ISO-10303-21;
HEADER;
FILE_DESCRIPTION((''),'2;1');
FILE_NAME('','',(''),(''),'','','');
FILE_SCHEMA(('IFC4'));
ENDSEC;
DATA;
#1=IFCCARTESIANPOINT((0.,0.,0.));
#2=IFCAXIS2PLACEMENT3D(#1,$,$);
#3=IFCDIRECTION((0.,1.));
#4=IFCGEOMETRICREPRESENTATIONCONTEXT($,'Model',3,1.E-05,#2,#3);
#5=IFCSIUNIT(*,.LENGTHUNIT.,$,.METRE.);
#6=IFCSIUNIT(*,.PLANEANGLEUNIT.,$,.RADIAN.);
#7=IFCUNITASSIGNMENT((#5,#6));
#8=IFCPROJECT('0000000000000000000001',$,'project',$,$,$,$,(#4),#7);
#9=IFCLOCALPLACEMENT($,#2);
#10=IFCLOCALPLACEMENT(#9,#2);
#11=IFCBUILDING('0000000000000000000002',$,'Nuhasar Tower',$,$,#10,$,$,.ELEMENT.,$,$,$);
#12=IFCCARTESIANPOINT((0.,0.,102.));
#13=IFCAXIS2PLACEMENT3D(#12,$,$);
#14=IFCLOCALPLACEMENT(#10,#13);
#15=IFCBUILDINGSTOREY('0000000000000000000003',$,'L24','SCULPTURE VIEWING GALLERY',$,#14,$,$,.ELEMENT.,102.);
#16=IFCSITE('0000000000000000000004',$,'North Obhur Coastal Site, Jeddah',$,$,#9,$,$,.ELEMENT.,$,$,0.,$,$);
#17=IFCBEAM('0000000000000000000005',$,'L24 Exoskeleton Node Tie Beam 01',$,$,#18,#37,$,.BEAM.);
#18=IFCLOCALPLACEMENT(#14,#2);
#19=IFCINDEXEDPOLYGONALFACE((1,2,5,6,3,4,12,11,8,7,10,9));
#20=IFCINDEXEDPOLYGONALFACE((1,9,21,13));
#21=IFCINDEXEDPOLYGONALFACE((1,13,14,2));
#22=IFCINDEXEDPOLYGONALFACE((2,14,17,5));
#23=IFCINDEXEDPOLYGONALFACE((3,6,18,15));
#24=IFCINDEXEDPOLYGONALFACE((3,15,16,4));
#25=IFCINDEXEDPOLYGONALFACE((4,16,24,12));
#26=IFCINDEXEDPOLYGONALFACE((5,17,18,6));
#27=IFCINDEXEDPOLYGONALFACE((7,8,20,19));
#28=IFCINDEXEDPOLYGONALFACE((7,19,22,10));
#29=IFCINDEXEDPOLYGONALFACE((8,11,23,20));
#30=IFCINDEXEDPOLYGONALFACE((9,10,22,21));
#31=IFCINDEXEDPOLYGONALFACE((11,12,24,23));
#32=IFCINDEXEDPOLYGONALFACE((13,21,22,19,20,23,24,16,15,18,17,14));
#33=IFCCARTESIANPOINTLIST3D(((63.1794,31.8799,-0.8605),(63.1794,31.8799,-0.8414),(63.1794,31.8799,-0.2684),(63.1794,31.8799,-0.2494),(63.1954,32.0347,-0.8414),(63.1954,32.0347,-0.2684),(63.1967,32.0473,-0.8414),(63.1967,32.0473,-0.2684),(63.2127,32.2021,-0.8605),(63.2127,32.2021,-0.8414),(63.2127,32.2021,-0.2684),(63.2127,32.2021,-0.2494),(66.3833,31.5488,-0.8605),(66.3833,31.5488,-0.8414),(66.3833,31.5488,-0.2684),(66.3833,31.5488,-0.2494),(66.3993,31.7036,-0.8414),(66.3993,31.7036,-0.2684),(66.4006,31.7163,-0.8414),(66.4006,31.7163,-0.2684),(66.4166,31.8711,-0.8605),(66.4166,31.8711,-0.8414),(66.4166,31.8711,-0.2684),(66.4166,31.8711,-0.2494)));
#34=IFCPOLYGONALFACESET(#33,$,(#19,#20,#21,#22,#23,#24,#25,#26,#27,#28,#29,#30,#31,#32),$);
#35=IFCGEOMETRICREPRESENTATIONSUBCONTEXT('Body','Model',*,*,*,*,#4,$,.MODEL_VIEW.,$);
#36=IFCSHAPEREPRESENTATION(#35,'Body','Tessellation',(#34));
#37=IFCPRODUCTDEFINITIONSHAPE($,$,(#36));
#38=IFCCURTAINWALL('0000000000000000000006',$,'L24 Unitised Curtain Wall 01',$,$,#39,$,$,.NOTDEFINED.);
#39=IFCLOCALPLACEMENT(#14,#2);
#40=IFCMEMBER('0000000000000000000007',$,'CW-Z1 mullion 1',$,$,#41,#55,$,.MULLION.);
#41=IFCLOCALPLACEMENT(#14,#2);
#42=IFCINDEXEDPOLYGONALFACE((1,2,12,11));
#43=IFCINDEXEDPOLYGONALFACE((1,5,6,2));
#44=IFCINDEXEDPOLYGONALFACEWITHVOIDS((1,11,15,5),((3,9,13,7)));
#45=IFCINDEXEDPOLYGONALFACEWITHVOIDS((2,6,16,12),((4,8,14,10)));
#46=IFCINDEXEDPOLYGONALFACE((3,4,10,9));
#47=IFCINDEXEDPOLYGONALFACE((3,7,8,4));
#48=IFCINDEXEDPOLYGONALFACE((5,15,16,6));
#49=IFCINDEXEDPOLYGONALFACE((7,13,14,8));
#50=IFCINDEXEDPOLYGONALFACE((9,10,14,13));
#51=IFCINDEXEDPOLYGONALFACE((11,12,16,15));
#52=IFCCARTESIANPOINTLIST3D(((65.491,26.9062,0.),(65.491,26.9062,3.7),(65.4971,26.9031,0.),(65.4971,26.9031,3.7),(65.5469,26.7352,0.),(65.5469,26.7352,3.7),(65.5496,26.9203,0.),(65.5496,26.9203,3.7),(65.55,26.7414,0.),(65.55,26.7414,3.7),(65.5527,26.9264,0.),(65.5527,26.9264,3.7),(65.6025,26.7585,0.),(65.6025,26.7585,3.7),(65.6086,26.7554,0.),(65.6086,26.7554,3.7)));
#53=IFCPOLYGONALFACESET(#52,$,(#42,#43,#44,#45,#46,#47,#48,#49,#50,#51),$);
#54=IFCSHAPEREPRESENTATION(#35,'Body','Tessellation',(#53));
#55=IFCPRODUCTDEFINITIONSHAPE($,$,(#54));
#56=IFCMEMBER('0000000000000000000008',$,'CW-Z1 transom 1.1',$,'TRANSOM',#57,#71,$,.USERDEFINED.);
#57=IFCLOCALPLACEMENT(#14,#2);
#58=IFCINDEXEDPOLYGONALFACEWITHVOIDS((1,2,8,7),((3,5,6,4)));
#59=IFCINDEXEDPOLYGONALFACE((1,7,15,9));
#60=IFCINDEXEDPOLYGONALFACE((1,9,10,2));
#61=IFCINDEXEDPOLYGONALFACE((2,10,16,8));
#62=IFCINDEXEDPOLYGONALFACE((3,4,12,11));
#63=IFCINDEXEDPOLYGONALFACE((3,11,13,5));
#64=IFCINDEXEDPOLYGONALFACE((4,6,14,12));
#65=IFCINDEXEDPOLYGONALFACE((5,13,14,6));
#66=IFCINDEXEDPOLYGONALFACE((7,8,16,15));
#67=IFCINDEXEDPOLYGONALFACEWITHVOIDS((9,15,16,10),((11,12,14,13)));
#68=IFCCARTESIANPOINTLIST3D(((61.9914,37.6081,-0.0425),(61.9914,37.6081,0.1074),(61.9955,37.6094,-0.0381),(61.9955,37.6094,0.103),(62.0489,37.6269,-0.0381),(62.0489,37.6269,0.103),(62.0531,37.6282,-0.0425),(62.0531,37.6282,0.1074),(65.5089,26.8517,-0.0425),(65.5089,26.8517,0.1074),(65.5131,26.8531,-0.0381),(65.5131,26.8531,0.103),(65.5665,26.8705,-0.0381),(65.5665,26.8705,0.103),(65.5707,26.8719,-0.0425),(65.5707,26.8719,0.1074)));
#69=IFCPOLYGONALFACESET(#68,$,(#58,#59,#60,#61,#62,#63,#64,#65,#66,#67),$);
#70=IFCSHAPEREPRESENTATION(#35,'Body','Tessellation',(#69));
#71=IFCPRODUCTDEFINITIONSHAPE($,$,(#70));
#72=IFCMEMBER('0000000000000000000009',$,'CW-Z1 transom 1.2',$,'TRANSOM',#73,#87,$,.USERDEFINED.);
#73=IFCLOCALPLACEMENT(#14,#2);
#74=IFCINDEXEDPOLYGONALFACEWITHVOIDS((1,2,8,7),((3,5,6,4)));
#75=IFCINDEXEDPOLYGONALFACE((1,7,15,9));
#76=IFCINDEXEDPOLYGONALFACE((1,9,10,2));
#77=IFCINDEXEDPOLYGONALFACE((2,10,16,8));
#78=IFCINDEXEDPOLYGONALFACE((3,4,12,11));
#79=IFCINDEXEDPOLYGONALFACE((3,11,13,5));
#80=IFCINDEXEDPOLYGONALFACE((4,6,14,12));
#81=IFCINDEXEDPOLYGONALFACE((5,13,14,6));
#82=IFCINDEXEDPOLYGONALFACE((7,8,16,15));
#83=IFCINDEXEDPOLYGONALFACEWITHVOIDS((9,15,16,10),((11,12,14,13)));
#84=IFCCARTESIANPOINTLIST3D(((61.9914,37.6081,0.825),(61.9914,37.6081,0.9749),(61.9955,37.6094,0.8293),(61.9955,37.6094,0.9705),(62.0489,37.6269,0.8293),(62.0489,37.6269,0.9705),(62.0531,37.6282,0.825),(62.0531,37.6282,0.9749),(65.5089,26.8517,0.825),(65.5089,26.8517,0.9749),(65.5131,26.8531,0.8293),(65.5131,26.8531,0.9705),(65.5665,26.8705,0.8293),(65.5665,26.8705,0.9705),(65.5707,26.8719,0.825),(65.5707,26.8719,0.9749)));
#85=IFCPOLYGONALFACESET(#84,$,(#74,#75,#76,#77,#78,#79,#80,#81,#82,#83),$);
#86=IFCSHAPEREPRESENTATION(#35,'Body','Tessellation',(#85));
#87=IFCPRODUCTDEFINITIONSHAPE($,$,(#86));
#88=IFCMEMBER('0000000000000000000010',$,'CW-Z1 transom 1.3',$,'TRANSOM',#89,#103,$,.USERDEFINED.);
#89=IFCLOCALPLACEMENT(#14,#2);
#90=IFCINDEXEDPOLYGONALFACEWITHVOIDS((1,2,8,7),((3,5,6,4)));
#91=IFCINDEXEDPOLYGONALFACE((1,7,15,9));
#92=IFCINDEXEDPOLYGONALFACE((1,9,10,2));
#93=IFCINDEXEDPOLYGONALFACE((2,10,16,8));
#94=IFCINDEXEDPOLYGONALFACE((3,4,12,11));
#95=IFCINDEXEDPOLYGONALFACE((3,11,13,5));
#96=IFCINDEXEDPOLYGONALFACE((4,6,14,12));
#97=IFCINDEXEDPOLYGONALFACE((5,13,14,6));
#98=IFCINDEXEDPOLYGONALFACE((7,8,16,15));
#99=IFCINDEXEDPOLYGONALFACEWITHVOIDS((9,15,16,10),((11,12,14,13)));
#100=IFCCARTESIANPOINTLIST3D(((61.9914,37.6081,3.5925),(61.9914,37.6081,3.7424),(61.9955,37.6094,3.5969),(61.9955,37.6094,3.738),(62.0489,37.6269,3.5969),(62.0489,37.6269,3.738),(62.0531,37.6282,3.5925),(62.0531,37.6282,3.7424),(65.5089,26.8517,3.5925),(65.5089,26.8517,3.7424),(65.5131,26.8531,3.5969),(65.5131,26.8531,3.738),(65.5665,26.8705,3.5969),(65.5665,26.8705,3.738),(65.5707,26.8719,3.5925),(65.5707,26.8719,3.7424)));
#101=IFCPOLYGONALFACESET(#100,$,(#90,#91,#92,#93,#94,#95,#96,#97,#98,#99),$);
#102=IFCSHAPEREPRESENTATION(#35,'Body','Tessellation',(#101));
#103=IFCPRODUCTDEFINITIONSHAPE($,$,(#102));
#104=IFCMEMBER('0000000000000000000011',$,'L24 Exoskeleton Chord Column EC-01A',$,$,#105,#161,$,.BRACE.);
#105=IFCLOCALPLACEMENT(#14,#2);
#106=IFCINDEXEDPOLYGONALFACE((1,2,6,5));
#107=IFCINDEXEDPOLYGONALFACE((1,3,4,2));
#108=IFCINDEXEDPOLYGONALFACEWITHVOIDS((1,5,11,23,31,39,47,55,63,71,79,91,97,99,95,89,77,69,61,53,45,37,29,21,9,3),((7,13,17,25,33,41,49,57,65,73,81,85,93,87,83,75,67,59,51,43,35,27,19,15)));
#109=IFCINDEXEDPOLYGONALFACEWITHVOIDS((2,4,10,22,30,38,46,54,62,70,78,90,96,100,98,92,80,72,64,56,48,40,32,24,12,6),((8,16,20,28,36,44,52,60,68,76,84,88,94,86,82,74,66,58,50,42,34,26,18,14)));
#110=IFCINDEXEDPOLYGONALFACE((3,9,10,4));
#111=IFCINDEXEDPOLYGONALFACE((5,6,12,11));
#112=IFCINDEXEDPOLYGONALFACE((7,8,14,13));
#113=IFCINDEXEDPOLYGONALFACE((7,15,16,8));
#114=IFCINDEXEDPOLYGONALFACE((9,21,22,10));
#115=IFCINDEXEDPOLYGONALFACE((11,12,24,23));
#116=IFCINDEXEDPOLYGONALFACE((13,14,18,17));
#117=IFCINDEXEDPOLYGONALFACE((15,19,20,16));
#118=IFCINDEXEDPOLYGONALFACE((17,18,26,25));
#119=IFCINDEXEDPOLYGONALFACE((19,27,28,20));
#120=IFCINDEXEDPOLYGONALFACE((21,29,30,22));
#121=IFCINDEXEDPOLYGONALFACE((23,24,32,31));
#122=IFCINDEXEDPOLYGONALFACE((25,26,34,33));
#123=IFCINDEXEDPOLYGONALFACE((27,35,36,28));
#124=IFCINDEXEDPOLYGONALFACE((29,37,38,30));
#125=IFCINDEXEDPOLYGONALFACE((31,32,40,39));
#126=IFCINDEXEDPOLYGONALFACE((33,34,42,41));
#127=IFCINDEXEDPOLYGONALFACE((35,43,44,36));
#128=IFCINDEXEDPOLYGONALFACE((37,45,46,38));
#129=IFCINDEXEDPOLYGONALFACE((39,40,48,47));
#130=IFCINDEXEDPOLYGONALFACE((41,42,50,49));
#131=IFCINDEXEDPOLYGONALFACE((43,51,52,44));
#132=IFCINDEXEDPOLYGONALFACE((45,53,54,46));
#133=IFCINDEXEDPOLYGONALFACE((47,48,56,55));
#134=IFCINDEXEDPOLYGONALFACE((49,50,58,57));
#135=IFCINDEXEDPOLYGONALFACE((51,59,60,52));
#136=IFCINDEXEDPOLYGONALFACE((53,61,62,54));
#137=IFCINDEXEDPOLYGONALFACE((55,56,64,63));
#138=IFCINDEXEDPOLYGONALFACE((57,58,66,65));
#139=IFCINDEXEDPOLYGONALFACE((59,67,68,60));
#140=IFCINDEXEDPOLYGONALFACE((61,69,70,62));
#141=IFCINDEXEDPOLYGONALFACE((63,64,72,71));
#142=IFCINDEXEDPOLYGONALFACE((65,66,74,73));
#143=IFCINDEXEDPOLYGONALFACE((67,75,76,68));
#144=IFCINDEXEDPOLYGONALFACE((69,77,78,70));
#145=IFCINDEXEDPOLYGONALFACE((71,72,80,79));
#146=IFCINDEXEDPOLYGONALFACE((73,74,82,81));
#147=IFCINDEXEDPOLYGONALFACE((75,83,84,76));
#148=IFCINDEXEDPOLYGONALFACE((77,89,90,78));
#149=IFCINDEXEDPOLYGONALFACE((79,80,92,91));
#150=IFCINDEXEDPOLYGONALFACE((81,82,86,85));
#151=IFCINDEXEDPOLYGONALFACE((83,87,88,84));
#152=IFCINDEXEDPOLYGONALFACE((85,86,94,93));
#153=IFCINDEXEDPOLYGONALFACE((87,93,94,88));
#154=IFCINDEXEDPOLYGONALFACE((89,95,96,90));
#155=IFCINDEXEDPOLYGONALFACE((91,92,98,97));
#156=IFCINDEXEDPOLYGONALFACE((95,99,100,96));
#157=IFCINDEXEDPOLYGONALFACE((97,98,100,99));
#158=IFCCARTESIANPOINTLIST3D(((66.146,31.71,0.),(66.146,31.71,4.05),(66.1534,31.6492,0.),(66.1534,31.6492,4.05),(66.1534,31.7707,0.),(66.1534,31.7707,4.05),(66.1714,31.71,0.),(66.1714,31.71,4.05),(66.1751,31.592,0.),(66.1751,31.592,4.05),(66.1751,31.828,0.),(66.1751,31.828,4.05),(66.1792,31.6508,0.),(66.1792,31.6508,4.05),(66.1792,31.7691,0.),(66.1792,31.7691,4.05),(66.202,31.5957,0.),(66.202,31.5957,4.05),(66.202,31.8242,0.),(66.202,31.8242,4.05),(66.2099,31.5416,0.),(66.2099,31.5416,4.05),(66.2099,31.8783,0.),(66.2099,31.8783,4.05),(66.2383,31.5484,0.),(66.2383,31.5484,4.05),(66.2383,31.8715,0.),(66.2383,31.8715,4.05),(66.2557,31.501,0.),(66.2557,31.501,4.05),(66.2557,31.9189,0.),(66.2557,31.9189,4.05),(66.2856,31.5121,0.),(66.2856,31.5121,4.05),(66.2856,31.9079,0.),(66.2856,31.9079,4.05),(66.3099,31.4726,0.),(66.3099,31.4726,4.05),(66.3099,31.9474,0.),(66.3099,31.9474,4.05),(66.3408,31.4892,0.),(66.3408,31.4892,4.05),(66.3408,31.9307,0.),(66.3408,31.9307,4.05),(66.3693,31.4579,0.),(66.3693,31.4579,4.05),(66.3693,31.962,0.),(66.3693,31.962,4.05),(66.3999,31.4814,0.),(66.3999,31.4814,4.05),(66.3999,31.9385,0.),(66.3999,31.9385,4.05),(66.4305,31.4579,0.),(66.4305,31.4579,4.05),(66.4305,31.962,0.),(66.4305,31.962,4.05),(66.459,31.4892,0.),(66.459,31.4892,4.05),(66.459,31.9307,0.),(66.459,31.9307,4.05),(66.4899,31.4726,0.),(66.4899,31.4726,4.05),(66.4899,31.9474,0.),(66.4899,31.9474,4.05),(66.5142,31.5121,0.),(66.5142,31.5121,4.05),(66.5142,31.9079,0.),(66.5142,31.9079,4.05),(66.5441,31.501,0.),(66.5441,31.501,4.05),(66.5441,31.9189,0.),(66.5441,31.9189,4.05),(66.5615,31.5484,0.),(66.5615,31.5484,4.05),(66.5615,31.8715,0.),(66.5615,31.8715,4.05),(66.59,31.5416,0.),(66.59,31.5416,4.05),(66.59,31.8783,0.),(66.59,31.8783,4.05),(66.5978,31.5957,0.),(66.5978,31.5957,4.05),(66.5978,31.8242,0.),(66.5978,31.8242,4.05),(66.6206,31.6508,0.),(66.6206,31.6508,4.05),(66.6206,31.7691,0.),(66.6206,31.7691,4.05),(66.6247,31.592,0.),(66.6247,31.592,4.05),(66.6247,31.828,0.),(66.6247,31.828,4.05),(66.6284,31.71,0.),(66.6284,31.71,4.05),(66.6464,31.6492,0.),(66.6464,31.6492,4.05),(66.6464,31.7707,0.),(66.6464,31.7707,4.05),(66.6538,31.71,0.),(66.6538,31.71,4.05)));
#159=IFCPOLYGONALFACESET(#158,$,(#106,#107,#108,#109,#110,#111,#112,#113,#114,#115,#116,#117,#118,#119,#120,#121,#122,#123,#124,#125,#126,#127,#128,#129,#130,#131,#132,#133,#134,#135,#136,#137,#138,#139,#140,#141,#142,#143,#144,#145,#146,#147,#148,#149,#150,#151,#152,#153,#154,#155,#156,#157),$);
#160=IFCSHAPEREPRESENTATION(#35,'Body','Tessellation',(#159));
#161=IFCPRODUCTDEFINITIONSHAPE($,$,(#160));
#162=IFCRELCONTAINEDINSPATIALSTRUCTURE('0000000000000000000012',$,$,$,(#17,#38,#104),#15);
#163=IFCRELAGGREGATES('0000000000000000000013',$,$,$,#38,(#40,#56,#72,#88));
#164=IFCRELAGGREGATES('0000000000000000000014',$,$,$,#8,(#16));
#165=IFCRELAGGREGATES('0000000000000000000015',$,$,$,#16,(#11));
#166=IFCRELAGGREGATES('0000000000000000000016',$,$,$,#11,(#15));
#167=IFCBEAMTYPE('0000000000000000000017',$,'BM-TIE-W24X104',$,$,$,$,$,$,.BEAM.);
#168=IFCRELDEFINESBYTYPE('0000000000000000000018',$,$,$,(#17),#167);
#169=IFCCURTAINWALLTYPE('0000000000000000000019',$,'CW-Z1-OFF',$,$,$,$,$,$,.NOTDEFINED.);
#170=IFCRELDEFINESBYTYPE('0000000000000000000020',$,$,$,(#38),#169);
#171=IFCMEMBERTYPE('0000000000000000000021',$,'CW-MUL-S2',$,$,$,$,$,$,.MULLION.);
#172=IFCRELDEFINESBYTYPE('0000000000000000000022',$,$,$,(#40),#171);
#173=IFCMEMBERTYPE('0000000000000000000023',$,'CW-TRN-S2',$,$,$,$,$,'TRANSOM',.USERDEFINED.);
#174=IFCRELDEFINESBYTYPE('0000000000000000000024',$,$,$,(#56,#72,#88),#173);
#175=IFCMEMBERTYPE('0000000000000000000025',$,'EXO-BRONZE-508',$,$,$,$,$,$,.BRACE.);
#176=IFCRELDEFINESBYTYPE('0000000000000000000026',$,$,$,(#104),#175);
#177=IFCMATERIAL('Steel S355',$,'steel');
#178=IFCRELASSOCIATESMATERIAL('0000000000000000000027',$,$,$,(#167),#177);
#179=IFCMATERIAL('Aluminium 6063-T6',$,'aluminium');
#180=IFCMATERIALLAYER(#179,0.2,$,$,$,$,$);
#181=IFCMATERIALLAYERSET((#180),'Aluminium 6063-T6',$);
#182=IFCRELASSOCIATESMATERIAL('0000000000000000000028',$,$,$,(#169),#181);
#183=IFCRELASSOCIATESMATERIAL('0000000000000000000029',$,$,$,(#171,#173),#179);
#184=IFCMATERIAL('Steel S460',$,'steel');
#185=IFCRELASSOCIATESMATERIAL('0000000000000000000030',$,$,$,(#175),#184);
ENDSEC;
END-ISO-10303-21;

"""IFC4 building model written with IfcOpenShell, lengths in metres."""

from ifc_helpers import new_model, si_unit, direction, frame, origin, origin_2d, place, context, subcontext, project, spatial, hollow_rectangle, hollow_circle, i_section, extrude, material, layer, layer_set, material_profile, profile_set, type_object, element, aggregate, save


model = new_model("IFC4")

# Units and contexts
model_context = context("Model", 3, precision=1e-05, world=origin(), true_north=direction((0.0, 1.0)))
body_context = subcontext(model_context, "Body", "Model", "MODEL_VIEW")
ifc_project = project(units=[si_unit("LENGTHUNIT", "METRE"), si_unit("PLANEANGLEUNIT", "RADIAN")], contexts=[model_context])

# Site, building, storey
site_placement = place(None, origin())
site = spatial("IfcSite", under=ifc_project, at=site_placement, Name="North Obhur Coastal Site, Jeddah", CompositionType="ELEMENT", RefElevation=0.0)
building_placement = place(site_placement, origin())
building = spatial("IfcBuilding", under=site, at=building_placement, Name="Nuhasar Tower", CompositionType="ELEMENT")
storey_placement = place(building_placement, frame((0.0, 0.0, 102.0)))
storey = spatial("IfcBuildingStorey", under=building, at=storey_placement, Name="L24", Description="SCULPTURE VIEWING GALLERY", CompositionType="ELEMENT", Elevation=102.0)

# Beam
ifc_material_1 = material(Name="Steel S355", Category="steel")
ifc_material_profile_1 = material_profile(ifc_material_1, i_section(OverallWidth=0.324, OverallDepth=0.6111, WebThickness=0.0127, FlangeThickness=0.019, at=origin_2d()), Name="W24X104")
ifc_profile_set_1 = profile_set([ifc_material_profile_1], Name="Steel S355")
beam_type_1 = type_object("IfcBeamType", Name="BM-TIE-W24X104", PredefinedType="BEAM", material=ifc_profile_set_1)
beam_1_placement = place(storey_placement, frame((63.196, 32.041, -0.5549), z_axis=(0.994704, -0.102783, 0.0), x_axis=(0.102783, 0.994704, 0.0)))
element("IfcBeam", 1, at=beam_1_placement, inside=storey, type_object=beam_type_1, Name="L24 Exoskeleton Node Tie Beam 01", PredefinedType="BEAM", context=body_context, shape_type="SweptSolid", body=[
    extrude(i_section(OverallWidth=0.324, OverallDepth=0.6111, WebThickness=0.0127, FlangeThickness=0.019, at=origin_2d()), origin(), (0.0, 0.0, 1.0), 3.2209),
])

# Curtain wall, members
ifc_material_2 = material(Name="Aluminium 6063-T6", Category="aluminium")
ifc_layer_1 = layer(ifc_material_2, 0.2)
ifc_layer_set_1 = layer_set([ifc_layer_1], Name="Aluminium 6063-T6")
curtain_wall_type = type_object("IfcCurtainWallType", Name="CW-Z1-OFF", PredefinedType="NOTDEFINED", material=ifc_layer_set_1)
curtain_wall_placement = place(storey_placement, origin())
curtain_wall = element("IfcCurtainWall", 2, at=curtain_wall_placement, inside=storey, type_object=curtain_wall_type, Name="L24 Unitised Curtain Wall 01", PredefinedType="NOTDEFINED")
ifc_material_profile_2 = material_profile(ifc_material_2, hollow_rectangle(XDim=0.0649, YDim=0.1799, WallThickness=0.0049, at=origin_2d()), Name="CWM-2")
ifc_profile_set_2 = profile_set([ifc_material_profile_2], Name="Aluminium 6063-T6")
member_type_1 = type_object("IfcMemberType", Name="CW-MUL-S2", PredefinedType="MULLION", material=ifc_profile_set_2)
member_1_placement = place(storey_placement, frame((65.5498, 26.8308, 0.0), z_axis=(0.0, 0.0, 1.0), x_axis=(-0.950468, -0.310824, 0.0)))
member_1 = element("IfcMember", 3, at=member_1_placement, type_object=member_type_1, Name="CW-Z1 mullion 1", PredefinedType="MULLION", context=body_context, shape_type="SweptSolid", body=[
    extrude(hollow_rectangle(XDim=0.0649, YDim=0.1799, WallThickness=0.0049, at=origin_2d()), origin(), (0.0, 0.0, 1.0), 3.7),
])
ifc_material_profile_3 = material_profile(ifc_material_2, hollow_rectangle(XDim=0.0649, YDim=0.1499, WallThickness=0.0044, at=origin_2d()), Name="CWT-2")
ifc_profile_set_3 = profile_set([ifc_material_profile_3], Name="Aluminium 6063-T6")
member_type_2 = type_object("IfcMemberType", Name="CW-TRN-S2", ElementType="TRANSOM", PredefinedType="USERDEFINED", material=ifc_profile_set_3)
member_2_placement = place(storey_placement, frame((65.5398, 26.8618, 0.0325), z_axis=(-0.310825, 0.950467, 0.0), x_axis=(-0.950467, -0.310825, 0.0)))
member_2 = element("IfcMember", 4, at=member_2_placement, type_object=member_type_2, Name="CW-Z1 transom 1.1", ObjectType="TRANSOM", PredefinedType="USERDEFINED", context=body_context, shape_type="SweptSolid", body=[
    extrude(hollow_rectangle(XDim=0.0649, YDim=0.1499, WallThickness=0.0044, at=origin_2d()), origin(), (0.0, 0.0, 1.0), 11.3169),
])
member_3_placement = place(storey_placement, frame((65.5398, 26.8618, 0.8999), z_axis=(-0.310825, 0.950467, 0.0), x_axis=(-0.950467, -0.310825, 0.0)))
member_3 = element("IfcMember", 5, at=member_3_placement, type_object=member_type_2, Name="CW-Z1 transom 1.2", ObjectType="TRANSOM", PredefinedType="USERDEFINED", context=body_context, shape_type="SweptSolid", body=[
    extrude(hollow_rectangle(XDim=0.0649, YDim=0.1499, WallThickness=0.0044, at=origin_2d()), origin(), (0.0, 0.0, 1.0), 11.3169),
])
member_4_placement = place(storey_placement, frame((65.5398, 26.8618, 3.6675), z_axis=(-0.310825, 0.950467, 0.0), x_axis=(-0.950467, -0.310825, 0.0)))
member_4 = element("IfcMember", 6, at=member_4_placement, type_object=member_type_2, Name="CW-Z1 transom 1.3", ObjectType="TRANSOM", PredefinedType="USERDEFINED", context=body_context, shape_type="SweptSolid", body=[
    extrude(hollow_rectangle(XDim=0.0649, YDim=0.1499, WallThickness=0.0044, at=origin_2d()), origin(), (0.0, 0.0, 1.0), 11.3169),
])

# Member
ifc_material_3 = material(Name="Steel S460", Category="steel")
ifc_material_profile_4 = material_profile(ifc_material_3, hollow_circle(Radius=0.2539, WallThickness=0.0254, at=origin_2d()), Name="HSS508X25.4")
ifc_profile_set_4 = profile_set([ifc_material_profile_4], Name="Steel S460")
member_type_3 = type_object("IfcMemberType", Name="EXO-BRONZE-508", PredefinedType="BRACE", material=ifc_profile_set_4)
for number, where, z_axis, x_axis, name in (
    (7, (66.3999, 31.71, 0.0), (0.0, 0.0, 1.0), (1.0, 0.0, 0.0), "L24 Exoskeleton Chord Column EC-01A"),
):
    element("IfcMember", number, at=place(storey_placement, frame(where, z_axis=z_axis, x_axis=x_axis)), inside=storey, type_object=member_type_3, Name=name, PredefinedType="BRACE", context=body_context, shape_type="SweptSolid", body=[
        extrude(hollow_circle(Radius=0.2539, WallThickness=0.0254, at=origin_2d()), origin(), (0.0, 0.0, 1.0), 4.05),
    ])

aggregate(curtain_wall, [member_1, member_2, member_3, member_4])

save(model, "model.ifc")
